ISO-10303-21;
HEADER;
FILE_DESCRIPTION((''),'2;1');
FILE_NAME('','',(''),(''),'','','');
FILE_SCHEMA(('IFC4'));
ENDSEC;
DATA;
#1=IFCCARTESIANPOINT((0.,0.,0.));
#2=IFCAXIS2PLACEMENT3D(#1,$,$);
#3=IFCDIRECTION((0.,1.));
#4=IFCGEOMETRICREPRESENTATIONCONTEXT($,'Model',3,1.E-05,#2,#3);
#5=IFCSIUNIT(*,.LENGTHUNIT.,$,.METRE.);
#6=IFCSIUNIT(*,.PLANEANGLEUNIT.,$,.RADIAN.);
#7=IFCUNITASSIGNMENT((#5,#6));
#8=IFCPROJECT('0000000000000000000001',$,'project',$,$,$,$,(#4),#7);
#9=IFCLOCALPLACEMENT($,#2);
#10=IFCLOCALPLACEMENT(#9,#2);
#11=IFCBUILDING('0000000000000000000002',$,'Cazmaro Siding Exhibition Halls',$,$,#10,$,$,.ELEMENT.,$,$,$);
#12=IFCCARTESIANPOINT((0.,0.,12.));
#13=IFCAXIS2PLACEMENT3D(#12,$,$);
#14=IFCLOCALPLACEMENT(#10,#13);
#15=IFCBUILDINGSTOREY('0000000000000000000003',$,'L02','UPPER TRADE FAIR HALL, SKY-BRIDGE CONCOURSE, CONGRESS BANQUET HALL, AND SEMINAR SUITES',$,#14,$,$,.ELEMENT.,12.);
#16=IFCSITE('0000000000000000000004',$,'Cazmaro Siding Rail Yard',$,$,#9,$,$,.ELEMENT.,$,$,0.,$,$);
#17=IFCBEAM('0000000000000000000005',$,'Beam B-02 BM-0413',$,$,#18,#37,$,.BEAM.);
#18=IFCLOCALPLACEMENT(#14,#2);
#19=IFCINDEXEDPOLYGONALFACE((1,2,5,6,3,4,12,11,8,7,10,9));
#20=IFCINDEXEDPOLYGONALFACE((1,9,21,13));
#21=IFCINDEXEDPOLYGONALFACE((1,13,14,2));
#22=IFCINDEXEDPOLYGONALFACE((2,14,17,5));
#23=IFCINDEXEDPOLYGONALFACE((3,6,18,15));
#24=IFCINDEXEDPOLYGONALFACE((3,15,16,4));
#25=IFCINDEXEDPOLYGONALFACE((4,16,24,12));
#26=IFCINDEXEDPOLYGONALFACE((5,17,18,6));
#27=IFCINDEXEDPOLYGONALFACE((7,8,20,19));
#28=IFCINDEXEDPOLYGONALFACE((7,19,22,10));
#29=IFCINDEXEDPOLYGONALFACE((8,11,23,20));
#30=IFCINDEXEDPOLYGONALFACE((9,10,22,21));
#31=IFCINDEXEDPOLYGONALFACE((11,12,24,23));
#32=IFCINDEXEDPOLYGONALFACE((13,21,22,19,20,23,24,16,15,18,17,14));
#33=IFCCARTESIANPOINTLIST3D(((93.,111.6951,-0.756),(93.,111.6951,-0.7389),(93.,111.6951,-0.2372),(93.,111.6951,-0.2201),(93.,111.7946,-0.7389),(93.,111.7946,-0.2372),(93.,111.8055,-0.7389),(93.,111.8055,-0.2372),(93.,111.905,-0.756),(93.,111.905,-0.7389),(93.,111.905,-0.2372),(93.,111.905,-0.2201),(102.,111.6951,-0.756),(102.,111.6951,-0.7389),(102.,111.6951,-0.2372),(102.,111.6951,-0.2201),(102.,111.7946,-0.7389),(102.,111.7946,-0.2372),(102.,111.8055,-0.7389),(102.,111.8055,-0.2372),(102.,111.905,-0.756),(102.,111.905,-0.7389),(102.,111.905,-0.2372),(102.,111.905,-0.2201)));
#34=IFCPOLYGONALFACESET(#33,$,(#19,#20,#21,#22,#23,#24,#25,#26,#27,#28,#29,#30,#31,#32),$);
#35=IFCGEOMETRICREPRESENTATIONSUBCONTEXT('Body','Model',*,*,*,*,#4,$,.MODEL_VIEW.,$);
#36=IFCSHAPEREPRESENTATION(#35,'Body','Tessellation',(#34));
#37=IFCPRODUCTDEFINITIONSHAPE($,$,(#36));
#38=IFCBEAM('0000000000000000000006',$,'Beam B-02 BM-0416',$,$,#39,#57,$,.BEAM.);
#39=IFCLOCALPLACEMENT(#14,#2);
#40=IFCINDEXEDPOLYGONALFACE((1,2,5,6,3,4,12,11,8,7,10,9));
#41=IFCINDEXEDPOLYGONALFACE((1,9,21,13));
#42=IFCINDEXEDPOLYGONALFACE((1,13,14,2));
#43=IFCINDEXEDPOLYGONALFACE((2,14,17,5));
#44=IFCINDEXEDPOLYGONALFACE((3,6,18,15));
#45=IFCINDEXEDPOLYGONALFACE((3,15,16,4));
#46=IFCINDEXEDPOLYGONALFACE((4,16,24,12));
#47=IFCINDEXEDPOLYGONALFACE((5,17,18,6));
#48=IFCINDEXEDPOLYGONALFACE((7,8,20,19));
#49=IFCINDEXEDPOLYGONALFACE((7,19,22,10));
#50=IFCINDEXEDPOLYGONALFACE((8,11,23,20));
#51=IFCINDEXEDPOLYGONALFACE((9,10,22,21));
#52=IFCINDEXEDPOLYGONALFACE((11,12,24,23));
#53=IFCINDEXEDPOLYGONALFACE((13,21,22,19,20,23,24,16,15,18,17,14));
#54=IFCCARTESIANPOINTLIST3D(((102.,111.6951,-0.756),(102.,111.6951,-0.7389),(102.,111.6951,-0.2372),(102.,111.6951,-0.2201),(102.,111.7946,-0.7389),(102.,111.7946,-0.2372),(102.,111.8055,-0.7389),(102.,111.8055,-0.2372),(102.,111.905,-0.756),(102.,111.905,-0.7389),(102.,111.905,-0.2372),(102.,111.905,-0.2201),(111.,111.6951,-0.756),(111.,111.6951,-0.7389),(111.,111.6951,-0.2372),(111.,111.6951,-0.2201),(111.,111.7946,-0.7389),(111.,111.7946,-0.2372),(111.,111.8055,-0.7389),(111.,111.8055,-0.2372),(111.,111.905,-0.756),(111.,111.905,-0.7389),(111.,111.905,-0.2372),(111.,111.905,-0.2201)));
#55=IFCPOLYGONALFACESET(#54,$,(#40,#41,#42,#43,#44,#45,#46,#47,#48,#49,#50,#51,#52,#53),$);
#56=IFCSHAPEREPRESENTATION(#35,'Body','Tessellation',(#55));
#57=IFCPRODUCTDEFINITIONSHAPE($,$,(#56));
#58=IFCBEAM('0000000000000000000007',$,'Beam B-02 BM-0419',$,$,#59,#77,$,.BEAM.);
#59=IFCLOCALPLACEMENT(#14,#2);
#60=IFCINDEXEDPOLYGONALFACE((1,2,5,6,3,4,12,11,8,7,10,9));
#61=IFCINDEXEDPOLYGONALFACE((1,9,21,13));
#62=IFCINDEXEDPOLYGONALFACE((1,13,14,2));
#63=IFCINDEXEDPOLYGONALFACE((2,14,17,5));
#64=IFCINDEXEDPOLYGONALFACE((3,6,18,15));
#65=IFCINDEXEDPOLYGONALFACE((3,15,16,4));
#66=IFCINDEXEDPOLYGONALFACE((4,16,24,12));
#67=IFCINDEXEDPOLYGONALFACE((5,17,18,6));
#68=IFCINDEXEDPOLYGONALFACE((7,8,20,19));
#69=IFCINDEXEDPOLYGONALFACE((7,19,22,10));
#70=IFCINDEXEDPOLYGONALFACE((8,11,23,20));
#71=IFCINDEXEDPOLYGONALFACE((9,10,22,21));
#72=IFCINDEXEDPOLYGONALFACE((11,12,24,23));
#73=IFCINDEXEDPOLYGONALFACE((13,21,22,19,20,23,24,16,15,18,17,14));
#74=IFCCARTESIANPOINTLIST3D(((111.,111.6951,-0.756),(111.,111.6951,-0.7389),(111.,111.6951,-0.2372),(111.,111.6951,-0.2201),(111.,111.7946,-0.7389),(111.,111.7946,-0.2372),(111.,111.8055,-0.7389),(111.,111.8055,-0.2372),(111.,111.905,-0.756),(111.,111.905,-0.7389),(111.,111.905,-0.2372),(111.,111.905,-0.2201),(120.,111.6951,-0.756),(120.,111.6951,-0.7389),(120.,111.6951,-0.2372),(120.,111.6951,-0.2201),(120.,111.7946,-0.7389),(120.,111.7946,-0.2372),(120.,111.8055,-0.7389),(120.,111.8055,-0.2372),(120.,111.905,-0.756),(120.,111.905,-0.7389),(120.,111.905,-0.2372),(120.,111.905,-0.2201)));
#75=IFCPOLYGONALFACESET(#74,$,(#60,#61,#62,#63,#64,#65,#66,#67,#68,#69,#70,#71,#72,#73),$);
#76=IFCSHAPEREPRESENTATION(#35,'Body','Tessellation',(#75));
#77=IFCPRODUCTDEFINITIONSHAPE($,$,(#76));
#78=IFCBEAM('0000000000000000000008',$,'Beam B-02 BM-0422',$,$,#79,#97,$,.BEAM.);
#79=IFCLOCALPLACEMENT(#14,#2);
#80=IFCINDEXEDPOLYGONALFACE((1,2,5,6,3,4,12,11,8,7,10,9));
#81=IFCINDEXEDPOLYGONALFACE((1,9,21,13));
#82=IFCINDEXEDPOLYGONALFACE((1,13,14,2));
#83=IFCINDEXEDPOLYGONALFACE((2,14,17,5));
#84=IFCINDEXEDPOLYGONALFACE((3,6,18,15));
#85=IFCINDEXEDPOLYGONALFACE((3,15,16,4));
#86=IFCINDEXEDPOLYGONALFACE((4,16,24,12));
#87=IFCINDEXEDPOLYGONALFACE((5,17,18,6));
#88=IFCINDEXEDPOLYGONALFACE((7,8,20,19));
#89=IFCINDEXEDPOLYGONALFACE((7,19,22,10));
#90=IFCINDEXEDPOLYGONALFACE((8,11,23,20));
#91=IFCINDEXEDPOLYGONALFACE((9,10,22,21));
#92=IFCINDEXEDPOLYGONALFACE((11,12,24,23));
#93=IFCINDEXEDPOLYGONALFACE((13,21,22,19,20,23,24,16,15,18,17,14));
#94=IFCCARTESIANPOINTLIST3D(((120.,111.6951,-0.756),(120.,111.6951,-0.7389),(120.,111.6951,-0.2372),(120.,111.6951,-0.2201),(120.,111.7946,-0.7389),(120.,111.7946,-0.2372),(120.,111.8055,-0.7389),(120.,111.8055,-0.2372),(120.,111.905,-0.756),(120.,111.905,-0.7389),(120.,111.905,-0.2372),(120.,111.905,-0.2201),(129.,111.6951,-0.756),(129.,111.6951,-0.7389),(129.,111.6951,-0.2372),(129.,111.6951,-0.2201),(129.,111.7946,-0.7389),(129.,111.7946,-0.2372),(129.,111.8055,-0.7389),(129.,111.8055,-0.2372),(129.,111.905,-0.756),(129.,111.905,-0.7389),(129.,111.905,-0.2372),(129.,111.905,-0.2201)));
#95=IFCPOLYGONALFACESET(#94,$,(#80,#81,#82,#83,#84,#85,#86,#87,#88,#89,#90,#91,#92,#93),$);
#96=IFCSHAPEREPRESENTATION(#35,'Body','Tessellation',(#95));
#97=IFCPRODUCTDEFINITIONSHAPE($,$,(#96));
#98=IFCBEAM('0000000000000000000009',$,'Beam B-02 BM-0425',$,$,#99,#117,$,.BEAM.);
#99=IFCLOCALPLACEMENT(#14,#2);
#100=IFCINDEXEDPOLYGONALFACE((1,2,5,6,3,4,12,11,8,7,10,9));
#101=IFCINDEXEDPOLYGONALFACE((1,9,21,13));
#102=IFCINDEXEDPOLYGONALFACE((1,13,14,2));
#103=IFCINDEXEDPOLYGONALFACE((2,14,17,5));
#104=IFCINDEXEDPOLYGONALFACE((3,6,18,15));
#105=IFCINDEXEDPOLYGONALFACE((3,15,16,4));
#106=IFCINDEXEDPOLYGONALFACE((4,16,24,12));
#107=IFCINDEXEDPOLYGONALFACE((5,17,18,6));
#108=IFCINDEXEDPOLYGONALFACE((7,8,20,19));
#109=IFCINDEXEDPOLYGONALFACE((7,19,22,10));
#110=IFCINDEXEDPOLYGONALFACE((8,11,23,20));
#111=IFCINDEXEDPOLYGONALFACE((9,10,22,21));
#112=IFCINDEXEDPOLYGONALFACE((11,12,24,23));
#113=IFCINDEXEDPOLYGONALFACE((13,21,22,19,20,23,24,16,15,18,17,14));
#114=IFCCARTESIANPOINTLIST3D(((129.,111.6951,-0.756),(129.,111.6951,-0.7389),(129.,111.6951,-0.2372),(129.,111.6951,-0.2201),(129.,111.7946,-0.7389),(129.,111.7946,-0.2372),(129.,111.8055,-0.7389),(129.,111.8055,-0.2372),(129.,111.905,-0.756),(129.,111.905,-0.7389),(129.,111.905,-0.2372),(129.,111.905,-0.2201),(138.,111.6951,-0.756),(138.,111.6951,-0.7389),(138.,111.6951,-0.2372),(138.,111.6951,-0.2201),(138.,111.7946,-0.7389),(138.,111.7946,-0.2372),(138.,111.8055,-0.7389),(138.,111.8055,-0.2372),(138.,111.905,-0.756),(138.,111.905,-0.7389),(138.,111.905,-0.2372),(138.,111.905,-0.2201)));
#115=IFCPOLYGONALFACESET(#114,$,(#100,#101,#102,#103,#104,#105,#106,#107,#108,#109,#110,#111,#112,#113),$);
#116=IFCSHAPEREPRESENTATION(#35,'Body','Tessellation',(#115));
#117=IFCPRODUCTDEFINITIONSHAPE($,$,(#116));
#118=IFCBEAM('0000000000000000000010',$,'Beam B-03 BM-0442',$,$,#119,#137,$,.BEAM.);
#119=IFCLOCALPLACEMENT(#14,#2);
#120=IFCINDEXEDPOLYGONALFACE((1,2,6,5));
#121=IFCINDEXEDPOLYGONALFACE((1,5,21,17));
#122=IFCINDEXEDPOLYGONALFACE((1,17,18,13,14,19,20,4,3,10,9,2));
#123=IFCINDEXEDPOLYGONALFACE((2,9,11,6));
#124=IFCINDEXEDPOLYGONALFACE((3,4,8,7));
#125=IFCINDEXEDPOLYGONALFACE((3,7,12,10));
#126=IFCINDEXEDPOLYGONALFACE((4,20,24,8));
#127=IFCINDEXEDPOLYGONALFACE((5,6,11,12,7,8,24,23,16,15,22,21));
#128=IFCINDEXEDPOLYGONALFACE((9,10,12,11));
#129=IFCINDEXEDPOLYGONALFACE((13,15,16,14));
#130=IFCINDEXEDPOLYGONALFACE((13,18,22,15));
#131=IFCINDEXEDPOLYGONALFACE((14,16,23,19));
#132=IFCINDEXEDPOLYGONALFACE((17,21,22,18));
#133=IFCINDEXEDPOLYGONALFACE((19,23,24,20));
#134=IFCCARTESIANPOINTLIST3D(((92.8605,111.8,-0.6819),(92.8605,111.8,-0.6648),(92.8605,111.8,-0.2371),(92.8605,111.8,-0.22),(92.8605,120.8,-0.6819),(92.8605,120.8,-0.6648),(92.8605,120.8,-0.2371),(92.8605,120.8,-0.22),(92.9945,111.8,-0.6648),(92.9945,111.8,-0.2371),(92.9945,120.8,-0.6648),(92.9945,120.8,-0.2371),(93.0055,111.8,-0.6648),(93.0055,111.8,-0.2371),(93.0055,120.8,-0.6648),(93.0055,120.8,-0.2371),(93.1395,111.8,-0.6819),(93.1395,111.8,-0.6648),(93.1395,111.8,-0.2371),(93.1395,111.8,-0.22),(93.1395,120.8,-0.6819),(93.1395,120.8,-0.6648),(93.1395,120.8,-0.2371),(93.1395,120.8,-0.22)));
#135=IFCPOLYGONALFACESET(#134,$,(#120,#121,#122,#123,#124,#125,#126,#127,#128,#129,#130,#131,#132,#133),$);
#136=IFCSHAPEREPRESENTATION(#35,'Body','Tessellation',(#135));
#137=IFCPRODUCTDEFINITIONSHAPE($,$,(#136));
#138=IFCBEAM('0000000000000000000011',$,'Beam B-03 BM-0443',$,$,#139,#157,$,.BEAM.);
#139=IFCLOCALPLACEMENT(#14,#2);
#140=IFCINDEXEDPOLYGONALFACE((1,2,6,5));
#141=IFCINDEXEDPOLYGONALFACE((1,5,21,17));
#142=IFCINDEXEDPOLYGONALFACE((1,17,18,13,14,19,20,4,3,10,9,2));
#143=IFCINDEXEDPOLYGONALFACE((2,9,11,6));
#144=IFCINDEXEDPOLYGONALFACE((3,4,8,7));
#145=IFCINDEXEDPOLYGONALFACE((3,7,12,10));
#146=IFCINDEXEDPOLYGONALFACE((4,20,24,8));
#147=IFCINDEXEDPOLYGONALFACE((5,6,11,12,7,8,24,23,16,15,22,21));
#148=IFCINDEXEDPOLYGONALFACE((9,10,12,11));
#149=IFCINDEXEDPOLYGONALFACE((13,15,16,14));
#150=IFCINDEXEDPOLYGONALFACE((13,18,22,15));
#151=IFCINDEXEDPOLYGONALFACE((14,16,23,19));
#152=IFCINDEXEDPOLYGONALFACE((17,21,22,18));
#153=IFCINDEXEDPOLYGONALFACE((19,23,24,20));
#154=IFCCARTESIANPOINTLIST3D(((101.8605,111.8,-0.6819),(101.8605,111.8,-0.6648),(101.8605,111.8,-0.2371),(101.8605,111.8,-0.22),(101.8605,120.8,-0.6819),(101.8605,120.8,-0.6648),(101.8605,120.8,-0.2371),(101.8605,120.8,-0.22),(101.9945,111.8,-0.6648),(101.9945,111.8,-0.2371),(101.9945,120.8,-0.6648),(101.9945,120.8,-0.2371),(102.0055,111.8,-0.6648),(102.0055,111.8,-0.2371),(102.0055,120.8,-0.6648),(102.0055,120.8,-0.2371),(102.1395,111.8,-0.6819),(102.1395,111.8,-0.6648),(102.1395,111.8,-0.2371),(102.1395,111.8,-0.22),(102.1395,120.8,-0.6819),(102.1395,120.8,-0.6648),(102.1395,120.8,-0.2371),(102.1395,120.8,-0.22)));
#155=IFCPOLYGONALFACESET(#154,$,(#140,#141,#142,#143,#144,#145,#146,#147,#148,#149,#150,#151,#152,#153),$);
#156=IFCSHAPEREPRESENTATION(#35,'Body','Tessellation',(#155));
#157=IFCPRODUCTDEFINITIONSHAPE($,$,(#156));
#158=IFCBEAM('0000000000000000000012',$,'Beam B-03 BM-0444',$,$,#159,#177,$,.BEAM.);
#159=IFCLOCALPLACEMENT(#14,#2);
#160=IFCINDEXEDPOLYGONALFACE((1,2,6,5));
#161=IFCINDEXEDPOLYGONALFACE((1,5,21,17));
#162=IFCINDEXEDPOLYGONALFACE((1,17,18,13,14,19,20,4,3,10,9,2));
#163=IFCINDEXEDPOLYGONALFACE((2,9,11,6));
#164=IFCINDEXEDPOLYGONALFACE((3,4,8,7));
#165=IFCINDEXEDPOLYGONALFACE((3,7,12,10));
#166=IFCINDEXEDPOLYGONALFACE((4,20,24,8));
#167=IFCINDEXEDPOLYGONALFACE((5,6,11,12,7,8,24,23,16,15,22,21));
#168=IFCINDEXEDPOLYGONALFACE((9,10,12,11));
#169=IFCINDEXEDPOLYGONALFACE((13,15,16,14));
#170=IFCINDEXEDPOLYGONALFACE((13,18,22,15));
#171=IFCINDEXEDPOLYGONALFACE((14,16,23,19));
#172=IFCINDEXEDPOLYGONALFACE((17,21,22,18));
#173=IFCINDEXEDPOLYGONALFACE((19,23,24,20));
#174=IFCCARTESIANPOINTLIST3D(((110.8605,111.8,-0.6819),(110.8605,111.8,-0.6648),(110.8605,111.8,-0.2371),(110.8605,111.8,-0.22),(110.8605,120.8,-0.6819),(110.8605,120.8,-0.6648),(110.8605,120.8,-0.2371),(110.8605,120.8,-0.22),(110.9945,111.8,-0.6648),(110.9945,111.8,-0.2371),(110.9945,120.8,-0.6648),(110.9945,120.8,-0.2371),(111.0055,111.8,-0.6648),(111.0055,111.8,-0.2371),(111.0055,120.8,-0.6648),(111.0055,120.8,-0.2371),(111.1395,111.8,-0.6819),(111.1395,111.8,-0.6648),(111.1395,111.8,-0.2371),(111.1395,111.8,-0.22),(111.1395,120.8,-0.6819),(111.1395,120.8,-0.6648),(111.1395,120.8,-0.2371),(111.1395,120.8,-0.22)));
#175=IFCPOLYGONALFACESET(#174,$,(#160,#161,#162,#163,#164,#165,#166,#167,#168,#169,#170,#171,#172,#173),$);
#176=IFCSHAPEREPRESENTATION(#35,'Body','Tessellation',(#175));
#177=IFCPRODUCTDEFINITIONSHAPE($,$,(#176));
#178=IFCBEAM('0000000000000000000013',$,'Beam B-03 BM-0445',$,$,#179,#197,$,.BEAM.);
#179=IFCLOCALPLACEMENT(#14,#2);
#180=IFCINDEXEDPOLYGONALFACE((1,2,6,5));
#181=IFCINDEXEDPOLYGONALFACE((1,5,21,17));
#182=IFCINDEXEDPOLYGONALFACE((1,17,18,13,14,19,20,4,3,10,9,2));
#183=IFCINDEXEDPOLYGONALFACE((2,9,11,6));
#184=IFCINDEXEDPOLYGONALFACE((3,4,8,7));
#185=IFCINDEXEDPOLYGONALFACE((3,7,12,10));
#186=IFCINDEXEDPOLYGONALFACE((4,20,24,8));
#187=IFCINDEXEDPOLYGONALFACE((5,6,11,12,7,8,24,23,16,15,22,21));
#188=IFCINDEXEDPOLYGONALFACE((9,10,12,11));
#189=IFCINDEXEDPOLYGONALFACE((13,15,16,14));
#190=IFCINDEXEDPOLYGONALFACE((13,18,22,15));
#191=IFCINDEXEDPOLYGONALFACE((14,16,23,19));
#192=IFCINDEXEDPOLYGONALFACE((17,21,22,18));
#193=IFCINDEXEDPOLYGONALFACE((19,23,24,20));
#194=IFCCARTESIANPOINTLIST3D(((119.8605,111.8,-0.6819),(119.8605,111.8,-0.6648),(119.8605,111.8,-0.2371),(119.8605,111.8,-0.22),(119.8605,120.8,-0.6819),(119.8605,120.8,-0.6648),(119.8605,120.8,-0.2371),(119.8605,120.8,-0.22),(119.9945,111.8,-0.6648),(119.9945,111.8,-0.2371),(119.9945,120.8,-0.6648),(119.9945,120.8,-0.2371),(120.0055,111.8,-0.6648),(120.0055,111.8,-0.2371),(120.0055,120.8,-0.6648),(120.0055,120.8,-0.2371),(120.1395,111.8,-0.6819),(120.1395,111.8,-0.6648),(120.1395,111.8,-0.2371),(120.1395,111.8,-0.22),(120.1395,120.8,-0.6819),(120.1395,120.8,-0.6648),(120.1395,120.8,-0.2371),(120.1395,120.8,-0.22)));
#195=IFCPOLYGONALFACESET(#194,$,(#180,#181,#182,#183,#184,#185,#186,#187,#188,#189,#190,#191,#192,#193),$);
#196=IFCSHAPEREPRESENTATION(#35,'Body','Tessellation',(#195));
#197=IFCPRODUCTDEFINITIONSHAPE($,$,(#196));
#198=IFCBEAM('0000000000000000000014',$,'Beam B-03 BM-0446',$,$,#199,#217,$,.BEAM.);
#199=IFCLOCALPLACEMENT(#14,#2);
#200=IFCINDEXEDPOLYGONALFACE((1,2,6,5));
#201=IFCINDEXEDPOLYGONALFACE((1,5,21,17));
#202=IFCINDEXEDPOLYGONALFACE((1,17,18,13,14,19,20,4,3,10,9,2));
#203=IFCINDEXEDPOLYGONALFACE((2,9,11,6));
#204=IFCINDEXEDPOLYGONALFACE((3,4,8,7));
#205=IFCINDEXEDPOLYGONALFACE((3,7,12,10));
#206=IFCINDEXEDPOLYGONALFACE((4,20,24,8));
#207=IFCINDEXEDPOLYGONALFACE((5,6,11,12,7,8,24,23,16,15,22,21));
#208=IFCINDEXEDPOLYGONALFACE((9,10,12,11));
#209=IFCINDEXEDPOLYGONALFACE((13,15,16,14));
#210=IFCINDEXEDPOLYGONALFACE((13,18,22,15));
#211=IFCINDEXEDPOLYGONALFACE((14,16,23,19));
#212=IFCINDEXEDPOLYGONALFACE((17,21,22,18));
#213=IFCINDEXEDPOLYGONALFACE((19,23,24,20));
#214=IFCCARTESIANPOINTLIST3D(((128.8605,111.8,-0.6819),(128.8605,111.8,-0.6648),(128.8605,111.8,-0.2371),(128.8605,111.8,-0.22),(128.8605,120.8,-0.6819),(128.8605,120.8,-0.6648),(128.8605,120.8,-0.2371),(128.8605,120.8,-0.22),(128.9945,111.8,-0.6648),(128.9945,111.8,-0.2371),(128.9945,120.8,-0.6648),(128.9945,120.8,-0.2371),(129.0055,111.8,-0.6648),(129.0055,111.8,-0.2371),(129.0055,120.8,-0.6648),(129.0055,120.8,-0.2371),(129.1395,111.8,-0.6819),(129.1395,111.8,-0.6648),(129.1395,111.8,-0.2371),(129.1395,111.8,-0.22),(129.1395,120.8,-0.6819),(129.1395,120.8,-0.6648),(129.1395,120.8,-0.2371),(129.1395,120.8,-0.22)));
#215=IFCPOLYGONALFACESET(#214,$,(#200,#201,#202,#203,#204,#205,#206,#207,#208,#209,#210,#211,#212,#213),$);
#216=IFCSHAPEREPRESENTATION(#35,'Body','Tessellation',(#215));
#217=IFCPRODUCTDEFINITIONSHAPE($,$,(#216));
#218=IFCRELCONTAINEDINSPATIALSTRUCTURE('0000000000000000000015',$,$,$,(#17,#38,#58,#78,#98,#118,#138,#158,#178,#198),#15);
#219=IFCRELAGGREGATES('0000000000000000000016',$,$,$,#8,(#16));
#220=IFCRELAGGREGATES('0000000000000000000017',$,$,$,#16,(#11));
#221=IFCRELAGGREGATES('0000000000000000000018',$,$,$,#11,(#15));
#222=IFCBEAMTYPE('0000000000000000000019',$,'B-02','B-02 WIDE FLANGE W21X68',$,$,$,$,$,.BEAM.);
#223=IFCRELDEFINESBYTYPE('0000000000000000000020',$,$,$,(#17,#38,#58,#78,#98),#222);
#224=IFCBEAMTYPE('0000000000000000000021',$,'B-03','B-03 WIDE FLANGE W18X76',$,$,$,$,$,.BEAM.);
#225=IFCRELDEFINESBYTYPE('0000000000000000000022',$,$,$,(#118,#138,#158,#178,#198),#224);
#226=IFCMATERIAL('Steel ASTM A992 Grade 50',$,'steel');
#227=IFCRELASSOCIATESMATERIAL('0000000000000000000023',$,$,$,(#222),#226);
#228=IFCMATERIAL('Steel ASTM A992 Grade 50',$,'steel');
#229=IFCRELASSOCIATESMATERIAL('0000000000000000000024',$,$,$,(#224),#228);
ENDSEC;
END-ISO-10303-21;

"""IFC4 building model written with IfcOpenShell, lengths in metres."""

from ifc_helpers import new_model, si_unit, direction, frame, origin, origin_2d, place, context, subcontext, project, spatial, i_section, extrude, material, material_profile, profile_set, type_object, element, save


model = new_model("IFC4")

# Units and contexts
model_context = context("Model", 3, precision=1e-05, world=origin(), true_north=direction((0.0, 1.0)))
body_context = subcontext(model_context, "Body", "Model", "MODEL_VIEW")
ifc_project = project(units=[si_unit("LENGTHUNIT", "METRE"), si_unit("PLANEANGLEUNIT", "RADIAN")], contexts=[model_context])

# Site, building, storey
site_placement = place(None, origin())
site = spatial("IfcSite", under=ifc_project, at=site_placement, Name="Cazmaro Siding Rail Yard", CompositionType="ELEMENT", RefElevation=0.0)
building_placement = place(site_placement, origin())
building = spatial("IfcBuilding", under=site, at=building_placement, Name="Cazmaro Siding Exhibition Halls", CompositionType="ELEMENT")
storey_placement = place(building_placement, frame((0.0, 0.0, 12.0)))
storey = spatial("IfcBuildingStorey", under=building, at=storey_placement, Name="L02", Description="UPPER TRADE FAIR HALL, SKY-BRIDGE CONCOURSE, CONGRESS BANQUET HALL, AND SEMINAR SUITES", CompositionType="ELEMENT", Elevation=12.0)

# Beams
ifc_material_1 = material(Name="Steel ASTM A992 Grade 50", Category="steel")
ifc_material_profile_1 = material_profile(ifc_material_1, i_section(OverallWidth=0.21, OverallDepth=0.5359, WebThickness=0.011, FlangeThickness=0.0171, at=origin_2d()), Name="W21X68")
ifc_profile_set_1 = profile_set([ifc_material_profile_1], Name="Steel ASTM A992 Grade 50")
beam_type_1 = type_object("IfcBeamType", Name="B-02", Description="B-02 WIDE FLANGE W21X68", PredefinedType="BEAM", material=ifc_profile_set_1)
for number, where, z_axis, x_axis, name in (
    (1, (93.0, 111.8, -0.488), (1.0, 0.0, 0.0), (0.0, 1.0, 0.0), "Beam B-02 BM-0413"),
    (2, (102.0, 111.8, -0.488), (1.0, 0.0, 0.0), (0.0, 1.0, 0.0), "Beam B-02 BM-0416"),
    (3, (111.0, 111.8, -0.488), (1.0, 0.0, 0.0), (0.0, 1.0, 0.0), "Beam B-02 BM-0419"),
    (4, (120.0, 111.8, -0.488), (1.0, 0.0, 0.0), (0.0, 1.0, 0.0), "Beam B-02 BM-0422"),
    (5, (129.0, 111.8, -0.488), (1.0, 0.0, 0.0), (0.0, 1.0, 0.0), "Beam B-02 BM-0425"),
):
    element("IfcBeam", number, at=place(storey_placement, frame(where, z_axis=z_axis, x_axis=x_axis)), inside=storey, type_object=beam_type_1, Name=name, PredefinedType="BEAM", context=body_context, shape_type="SweptSolid", body=[
        extrude(i_section(OverallWidth=0.21, OverallDepth=0.5359, WebThickness=0.011, FlangeThickness=0.0171, at=origin_2d()), origin(), (0.0, 0.0, 1.0), 9.0),
    ])
ifc_material_2 = material(Name="Steel ASTM A992 Grade 50", Category="steel")
ifc_material_profile_2 = material_profile(ifc_material_2, i_section(OverallWidth=0.2791, OverallDepth=0.4619, WebThickness=0.011, FlangeThickness=0.0171, at=origin_2d()), Name="W18X76")
ifc_profile_set_2 = profile_set([ifc_material_profile_2], Name="Steel ASTM A992 Grade 50")
beam_type_2 = type_object("IfcBeamType", Name="B-03", Description="B-03 WIDE FLANGE W18X76", PredefinedType="BEAM", material=ifc_profile_set_2)
for number, where, z_axis, x_axis, name in (
    (6, (93.0, 111.8, -0.4509), (0.0, 1.0, 0.0), (-1.0, 0.0, 0.0), "Beam B-03 BM-0442"),
    (7, (102.0, 111.8, -0.4509), (0.0, 1.0, 0.0), (-1.0, 0.0, 0.0), "Beam B-03 BM-0443"),
    (8, (111.0, 111.8, -0.4509), (0.0, 1.0, 0.0), (-1.0, 0.0, 0.0), "Beam B-03 BM-0444"),
    (9, (120.0, 111.8, -0.4509), (0.0, 1.0, 0.0), (-1.0, 0.0, 0.0), "Beam B-03 BM-0445"),
    (10, (129.0, 111.8, -0.4509), (0.0, 1.0, 0.0), (-1.0, 0.0, 0.0), "Beam B-03 BM-0446"),
):
    element("IfcBeam", number, at=place(storey_placement, frame(where, z_axis=z_axis, x_axis=x_axis)), inside=storey, type_object=beam_type_2, Name=name, PredefinedType="BEAM", context=body_context, shape_type="SweptSolid", body=[
        extrude(i_section(OverallWidth=0.2791, OverallDepth=0.4619, WebThickness=0.011, FlangeThickness=0.0171, at=origin_2d()), origin(), (0.0, 0.0, 1.0), 9.0),
    ])

save(model, "model.ifc")
